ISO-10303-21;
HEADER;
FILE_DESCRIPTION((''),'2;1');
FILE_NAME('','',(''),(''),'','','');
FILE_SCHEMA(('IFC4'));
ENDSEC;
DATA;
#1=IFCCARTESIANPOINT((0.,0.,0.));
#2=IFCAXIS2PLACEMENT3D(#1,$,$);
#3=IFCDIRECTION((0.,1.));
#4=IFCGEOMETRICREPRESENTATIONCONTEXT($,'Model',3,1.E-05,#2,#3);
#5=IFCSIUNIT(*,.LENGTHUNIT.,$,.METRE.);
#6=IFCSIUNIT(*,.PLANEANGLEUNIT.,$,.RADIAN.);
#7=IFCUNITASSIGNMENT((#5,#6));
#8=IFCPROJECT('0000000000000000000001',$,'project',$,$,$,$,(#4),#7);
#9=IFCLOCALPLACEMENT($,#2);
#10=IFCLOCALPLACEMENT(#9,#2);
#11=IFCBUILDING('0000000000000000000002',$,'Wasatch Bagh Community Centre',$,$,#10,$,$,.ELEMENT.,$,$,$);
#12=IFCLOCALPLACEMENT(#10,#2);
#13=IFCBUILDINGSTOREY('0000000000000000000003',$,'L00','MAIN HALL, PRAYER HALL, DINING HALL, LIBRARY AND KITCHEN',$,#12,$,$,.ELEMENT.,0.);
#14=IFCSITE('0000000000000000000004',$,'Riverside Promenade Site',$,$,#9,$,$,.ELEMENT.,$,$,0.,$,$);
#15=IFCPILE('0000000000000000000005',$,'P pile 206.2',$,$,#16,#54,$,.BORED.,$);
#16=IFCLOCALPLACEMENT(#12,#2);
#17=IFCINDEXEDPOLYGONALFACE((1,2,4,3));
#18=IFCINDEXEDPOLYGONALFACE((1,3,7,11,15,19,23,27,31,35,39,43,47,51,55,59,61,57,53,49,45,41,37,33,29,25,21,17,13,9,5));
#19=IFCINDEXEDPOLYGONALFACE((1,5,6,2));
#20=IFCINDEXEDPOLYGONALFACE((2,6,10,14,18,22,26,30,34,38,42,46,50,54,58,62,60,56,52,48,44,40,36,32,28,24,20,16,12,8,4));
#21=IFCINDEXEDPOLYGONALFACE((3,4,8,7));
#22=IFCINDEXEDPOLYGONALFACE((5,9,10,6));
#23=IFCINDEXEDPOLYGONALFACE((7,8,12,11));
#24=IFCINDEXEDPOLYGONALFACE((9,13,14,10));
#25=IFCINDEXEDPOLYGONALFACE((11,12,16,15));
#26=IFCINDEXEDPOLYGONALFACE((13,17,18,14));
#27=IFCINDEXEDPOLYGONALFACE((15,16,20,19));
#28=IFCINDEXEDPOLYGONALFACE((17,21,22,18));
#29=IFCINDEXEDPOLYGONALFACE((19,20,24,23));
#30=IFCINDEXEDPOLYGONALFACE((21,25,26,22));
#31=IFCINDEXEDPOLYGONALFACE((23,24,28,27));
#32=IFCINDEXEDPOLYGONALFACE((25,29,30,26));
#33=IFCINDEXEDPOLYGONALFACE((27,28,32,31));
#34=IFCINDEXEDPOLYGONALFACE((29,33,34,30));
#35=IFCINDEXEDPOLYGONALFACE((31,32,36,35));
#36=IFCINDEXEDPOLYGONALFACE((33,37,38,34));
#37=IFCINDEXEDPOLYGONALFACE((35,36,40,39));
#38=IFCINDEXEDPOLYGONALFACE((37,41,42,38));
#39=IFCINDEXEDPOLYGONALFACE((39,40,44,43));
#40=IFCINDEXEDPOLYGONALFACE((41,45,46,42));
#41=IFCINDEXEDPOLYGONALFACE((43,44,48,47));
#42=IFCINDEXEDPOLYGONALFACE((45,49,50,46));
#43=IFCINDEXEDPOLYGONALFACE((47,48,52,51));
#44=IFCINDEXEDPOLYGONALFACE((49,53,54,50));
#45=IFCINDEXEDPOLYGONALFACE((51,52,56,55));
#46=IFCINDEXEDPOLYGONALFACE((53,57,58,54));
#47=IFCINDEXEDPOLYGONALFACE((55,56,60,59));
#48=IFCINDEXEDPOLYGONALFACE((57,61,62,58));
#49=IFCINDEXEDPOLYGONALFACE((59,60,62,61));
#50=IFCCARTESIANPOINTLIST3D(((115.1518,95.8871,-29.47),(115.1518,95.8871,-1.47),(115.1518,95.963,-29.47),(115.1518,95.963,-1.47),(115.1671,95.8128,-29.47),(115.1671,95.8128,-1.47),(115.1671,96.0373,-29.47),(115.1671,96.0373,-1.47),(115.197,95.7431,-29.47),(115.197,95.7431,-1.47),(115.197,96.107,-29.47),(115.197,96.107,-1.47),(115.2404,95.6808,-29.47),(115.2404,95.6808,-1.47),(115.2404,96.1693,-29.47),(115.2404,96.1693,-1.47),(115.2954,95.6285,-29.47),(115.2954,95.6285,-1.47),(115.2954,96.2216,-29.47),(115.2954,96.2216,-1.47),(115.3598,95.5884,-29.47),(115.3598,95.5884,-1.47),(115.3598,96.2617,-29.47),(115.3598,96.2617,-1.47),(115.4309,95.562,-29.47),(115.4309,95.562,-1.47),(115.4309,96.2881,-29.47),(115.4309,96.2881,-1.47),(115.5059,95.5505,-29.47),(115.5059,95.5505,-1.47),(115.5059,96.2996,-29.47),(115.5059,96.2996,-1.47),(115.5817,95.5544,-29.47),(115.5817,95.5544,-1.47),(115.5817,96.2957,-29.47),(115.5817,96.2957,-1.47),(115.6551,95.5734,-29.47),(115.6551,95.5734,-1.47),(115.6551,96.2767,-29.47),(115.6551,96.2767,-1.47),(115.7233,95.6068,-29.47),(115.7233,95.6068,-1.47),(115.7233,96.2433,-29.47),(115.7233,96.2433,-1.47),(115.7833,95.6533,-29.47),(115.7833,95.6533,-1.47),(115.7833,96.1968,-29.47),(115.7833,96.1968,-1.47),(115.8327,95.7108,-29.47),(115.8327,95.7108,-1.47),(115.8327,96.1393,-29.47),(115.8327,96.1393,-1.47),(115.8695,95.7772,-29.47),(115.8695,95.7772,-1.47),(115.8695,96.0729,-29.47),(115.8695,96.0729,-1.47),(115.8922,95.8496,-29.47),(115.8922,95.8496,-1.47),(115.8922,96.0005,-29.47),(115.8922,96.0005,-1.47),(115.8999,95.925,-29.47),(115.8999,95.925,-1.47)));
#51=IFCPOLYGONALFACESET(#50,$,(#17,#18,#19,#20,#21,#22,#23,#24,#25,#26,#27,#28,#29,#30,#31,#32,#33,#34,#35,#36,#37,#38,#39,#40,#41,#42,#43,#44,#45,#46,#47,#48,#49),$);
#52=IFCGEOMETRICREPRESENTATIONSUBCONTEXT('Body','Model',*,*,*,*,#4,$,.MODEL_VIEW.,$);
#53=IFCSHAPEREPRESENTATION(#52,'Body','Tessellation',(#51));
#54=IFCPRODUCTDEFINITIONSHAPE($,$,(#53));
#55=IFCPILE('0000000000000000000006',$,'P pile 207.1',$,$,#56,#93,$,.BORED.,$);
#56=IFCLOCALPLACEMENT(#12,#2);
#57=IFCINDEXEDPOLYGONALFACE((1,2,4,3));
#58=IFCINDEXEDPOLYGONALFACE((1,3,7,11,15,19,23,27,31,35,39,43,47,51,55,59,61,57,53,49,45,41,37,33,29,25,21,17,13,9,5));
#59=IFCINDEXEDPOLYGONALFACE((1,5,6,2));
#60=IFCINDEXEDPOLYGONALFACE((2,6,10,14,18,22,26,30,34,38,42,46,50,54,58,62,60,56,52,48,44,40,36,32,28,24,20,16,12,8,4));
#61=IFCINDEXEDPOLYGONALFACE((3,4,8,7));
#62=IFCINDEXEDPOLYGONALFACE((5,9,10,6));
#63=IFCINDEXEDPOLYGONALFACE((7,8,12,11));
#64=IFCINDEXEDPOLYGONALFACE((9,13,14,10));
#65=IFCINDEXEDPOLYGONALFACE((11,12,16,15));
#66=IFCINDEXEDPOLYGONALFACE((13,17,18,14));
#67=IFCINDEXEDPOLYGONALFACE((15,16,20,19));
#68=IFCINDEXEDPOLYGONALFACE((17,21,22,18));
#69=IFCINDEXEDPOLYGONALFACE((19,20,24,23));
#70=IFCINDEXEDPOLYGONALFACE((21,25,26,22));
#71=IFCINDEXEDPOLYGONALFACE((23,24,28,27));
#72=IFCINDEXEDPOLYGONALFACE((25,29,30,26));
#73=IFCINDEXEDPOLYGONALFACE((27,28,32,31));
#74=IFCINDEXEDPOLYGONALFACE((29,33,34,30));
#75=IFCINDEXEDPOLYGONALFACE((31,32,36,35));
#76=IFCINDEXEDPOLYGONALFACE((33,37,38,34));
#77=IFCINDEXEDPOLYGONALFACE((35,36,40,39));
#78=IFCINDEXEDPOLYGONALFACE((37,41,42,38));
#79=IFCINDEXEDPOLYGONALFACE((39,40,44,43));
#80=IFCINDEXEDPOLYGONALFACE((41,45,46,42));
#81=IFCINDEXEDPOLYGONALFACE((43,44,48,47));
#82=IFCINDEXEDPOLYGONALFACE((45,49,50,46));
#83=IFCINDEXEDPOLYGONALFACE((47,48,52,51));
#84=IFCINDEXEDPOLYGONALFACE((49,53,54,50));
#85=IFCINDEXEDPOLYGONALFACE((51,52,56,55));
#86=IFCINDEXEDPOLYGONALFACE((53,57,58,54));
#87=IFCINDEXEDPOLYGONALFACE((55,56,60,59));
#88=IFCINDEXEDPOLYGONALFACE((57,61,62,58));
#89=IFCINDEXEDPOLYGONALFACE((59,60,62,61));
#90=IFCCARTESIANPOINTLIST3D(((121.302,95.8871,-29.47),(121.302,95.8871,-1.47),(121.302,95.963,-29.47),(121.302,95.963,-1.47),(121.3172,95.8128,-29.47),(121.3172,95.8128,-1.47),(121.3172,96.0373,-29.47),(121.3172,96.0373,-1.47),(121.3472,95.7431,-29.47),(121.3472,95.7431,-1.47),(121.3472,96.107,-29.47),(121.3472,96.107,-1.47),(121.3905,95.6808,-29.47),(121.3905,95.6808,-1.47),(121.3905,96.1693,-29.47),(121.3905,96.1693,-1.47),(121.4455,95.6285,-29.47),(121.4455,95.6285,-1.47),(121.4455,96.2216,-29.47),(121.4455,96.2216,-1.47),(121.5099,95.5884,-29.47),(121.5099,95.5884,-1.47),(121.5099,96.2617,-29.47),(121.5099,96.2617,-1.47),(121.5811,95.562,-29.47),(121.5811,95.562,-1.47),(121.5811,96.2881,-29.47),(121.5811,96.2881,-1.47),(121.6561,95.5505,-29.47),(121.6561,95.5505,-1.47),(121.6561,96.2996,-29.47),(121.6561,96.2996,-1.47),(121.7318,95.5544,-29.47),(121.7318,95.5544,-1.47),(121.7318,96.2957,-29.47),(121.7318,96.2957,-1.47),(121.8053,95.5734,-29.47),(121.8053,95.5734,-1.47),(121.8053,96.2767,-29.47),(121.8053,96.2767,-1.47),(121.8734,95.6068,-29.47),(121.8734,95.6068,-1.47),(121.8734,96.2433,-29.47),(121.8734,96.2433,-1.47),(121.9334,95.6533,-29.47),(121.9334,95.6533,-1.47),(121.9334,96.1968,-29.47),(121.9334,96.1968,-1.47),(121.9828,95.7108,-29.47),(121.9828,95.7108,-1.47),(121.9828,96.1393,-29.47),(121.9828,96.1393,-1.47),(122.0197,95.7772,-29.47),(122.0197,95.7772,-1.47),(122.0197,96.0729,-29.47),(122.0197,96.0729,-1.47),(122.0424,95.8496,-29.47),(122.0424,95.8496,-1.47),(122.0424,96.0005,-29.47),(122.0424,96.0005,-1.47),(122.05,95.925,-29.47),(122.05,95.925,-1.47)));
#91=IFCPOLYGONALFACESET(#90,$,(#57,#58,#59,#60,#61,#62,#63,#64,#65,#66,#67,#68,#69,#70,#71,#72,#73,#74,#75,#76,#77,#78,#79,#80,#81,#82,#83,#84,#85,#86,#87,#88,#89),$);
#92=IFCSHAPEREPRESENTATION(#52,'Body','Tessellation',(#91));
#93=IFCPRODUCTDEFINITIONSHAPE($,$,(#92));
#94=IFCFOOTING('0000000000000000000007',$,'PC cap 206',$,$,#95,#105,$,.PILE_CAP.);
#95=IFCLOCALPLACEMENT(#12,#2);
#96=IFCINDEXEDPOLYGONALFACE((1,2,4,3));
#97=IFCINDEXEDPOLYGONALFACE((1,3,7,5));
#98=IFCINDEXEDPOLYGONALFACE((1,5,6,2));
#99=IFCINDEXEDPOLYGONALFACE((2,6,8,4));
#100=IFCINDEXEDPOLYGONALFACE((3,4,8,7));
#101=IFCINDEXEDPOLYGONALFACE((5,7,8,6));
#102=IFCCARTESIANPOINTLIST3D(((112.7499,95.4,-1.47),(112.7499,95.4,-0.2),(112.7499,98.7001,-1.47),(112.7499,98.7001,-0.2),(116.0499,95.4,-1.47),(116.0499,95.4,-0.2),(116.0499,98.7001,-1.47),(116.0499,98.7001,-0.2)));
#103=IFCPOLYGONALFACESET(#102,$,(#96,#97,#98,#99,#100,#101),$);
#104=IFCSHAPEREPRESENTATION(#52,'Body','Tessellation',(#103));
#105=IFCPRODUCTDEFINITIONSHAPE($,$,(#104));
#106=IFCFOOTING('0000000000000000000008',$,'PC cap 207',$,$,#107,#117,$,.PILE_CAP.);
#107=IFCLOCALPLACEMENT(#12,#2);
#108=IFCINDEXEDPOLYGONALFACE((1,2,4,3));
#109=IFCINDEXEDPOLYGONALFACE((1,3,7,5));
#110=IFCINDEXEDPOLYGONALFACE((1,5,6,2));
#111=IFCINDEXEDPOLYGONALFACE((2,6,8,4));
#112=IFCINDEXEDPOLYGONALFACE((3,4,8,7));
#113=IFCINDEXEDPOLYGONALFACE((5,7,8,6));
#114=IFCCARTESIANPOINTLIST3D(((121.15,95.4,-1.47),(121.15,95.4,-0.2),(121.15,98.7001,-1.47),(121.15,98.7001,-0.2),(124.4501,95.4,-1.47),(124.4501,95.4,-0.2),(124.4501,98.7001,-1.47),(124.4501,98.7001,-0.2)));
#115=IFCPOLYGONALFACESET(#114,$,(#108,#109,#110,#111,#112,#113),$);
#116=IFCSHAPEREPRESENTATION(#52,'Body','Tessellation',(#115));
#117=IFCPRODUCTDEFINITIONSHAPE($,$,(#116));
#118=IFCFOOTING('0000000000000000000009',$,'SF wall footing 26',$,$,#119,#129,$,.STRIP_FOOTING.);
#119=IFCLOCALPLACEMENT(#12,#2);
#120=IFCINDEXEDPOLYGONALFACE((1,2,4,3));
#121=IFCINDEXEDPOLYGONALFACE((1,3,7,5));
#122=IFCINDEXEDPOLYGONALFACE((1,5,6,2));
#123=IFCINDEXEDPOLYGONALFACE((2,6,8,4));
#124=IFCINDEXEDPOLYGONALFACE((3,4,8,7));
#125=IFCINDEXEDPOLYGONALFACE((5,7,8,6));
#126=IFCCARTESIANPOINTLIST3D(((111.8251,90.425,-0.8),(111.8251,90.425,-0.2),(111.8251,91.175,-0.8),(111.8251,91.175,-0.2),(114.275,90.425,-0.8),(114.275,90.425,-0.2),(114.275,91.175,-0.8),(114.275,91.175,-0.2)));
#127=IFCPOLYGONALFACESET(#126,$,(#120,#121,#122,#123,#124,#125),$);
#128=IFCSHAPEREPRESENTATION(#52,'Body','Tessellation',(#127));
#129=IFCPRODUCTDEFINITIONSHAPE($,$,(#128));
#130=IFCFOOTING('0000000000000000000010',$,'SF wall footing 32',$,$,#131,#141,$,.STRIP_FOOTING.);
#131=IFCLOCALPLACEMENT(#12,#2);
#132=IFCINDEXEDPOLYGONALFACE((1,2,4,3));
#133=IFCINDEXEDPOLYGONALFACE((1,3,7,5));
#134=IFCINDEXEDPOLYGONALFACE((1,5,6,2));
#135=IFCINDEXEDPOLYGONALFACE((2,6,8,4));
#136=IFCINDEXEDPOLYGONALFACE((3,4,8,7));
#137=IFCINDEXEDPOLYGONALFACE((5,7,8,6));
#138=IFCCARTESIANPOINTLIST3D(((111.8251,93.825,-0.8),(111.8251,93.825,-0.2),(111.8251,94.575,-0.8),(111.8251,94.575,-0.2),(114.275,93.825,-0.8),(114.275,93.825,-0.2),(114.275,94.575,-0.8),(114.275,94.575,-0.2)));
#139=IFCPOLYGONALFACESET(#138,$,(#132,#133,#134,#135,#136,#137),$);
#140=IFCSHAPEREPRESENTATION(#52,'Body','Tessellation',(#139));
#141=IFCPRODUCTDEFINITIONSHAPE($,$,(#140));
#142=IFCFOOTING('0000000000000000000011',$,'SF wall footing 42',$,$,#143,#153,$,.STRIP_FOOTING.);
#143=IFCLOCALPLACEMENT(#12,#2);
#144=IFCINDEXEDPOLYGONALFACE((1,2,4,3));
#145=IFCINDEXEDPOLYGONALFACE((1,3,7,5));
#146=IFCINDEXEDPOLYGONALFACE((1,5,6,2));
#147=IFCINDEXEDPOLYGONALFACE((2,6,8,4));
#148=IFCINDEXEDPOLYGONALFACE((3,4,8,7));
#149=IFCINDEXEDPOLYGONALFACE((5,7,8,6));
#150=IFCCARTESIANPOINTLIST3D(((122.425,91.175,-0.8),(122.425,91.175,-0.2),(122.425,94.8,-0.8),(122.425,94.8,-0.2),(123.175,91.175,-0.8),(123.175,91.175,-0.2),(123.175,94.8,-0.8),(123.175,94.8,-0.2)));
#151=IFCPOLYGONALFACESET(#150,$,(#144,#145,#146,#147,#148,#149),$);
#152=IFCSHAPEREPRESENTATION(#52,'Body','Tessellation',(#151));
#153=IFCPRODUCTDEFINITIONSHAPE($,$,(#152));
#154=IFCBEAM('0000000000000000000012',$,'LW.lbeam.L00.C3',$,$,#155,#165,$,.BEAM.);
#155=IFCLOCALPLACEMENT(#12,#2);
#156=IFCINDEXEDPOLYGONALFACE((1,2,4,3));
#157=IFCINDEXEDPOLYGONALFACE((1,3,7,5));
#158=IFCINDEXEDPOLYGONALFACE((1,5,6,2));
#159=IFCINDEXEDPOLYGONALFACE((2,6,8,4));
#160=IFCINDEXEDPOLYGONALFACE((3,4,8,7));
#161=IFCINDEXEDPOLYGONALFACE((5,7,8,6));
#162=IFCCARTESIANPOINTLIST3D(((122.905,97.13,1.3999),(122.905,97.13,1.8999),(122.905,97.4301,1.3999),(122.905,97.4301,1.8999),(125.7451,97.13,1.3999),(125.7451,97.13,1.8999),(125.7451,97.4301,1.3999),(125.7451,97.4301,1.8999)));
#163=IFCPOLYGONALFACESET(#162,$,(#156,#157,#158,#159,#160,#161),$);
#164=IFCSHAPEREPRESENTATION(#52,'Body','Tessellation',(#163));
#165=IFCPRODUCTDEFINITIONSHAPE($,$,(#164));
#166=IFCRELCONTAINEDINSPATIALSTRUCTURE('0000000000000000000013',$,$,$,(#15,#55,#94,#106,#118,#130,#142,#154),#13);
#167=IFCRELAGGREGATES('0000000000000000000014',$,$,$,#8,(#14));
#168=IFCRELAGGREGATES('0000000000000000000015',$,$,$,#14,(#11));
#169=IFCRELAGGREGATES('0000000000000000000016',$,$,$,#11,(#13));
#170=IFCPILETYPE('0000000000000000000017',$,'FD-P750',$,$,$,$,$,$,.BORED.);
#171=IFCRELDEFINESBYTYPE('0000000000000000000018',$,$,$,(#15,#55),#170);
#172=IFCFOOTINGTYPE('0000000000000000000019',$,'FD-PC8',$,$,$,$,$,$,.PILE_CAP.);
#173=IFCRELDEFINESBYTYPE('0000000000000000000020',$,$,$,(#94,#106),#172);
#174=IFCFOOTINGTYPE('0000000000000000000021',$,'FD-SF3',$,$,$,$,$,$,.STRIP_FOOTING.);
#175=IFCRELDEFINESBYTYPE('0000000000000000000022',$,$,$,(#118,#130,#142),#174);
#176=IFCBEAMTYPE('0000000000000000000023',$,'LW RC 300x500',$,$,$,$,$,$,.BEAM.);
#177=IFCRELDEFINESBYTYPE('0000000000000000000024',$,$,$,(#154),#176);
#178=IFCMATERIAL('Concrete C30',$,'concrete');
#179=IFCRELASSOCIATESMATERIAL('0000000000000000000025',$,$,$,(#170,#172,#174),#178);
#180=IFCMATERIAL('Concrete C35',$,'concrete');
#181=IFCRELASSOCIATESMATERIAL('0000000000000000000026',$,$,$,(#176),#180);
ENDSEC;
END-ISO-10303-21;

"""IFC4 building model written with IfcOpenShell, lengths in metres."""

from ifc_helpers import new_model, si_unit, direction, frame, origin, origin_2d, place, context, subcontext, project, spatial, rectangle, circle, extrude, material, material_profile, profile_set, type_object, element, save


model = new_model("IFC4")

# Units and contexts
model_context = context("Model", 3, precision=1e-05, world=origin(), true_north=direction((0.0, 1.0)))
body_context = subcontext(model_context, "Body", "Model", "MODEL_VIEW")
ifc_project = project(units=[si_unit("LENGTHUNIT", "METRE"), si_unit("PLANEANGLEUNIT", "RADIAN")], contexts=[model_context])

# Site, building, storey
site_placement = place(None, origin())
site = spatial("IfcSite", under=ifc_project, at=site_placement, Name="Riverside Promenade Site", CompositionType="ELEMENT", RefElevation=0.0)
building_placement = place(site_placement, origin())
building = spatial("IfcBuilding", under=site, at=building_placement, Name="Wasatch Bagh Community Centre", CompositionType="ELEMENT")
storey_placement = place(building_placement, origin())
storey = spatial("IfcBuildingStorey", under=building, at=storey_placement, Name="L00", Description="MAIN HALL, PRAYER HALL, DINING HALL, LIBRARY AND KITCHEN", CompositionType="ELEMENT", Elevation=0.0)

# Piles
ifc_material_1 = material(Name="Concrete C30", Category="concrete")
ifc_material_profile_1 = material_profile(ifc_material_1, circle(Radius=0.375, at=origin_2d()), Name="RC D750")
ifc_profile_set_1 = profile_set([ifc_material_profile_1], Name="Concrete C30")
pile_type_1 = type_object("IfcPileType", Name="FD-P750", PredefinedType="BORED", material=ifc_profile_set_1)
for number, where, z_axis, x_axis, name in (
    (1, (115.5249, 95.925, -1.47), (0.0, 0.0, -1.0), (1.0, 0.0, 0.0), "P pile 206.2"),
    (2, (121.675, 95.925, -1.47), (0.0, 0.0, -1.0), (1.0, 0.0, 0.0), "P pile 207.1"),
):
    element("IfcPile", number, at=place(storey_placement, frame(where, z_axis=z_axis, x_axis=x_axis)), inside=storey, type_object=pile_type_1, Name=name, PredefinedType="BORED", context=body_context, shape_type="SweptSolid", body=[
        extrude(circle(Radius=0.375, at=origin_2d()), origin(), (0.0, 0.0, 1.0), 28.0),
    ])

# Footings
footing_type_1 = type_object("IfcFootingType", Name="FD-PC8", PredefinedType="PILE_CAP", material=ifc_material_1)
for number, where, z_axis, x_axis, name in (
    (3, (114.3999, 97.05, -1.47), (0.0, 0.0, 1.0), (1.0, 0.0, 0.0), "PC cap 206"),
    (4, (122.8, 97.05, -1.47), (0.0, 0.0, 1.0), (1.0, 0.0, 0.0), "PC cap 207"),
):
    element("IfcFooting", number, at=place(storey_placement, frame(where, z_axis=z_axis, x_axis=x_axis)), inside=storey, type_object=footing_type_1, Name=name, PredefinedType="PILE_CAP", context=body_context, shape_type="SweptSolid", body=[
        extrude(rectangle(XDim=3.3, YDim=3.3, at=origin_2d()), origin(), (0.0, 0.0, 1.0), 1.27),
    ])
footing_type_2 = type_object("IfcFootingType", Name="FD-SF3", PredefinedType="STRIP_FOOTING", material=ifc_material_1)
for number, where, z_axis, x_axis, name in (
    (5, (113.05, 90.8, -0.8), (0.0, 0.0, 1.0), (1.0, 0.0, 0.0), "SF wall footing 26"),
    (6, (113.05, 94.2, -0.8), (0.0, 0.0, 1.0), (1.0, 0.0, 0.0), "SF wall footing 32"),
):
    element("IfcFooting", number, at=place(storey_placement, frame(where, z_axis=z_axis, x_axis=x_axis)), inside=storey, type_object=footing_type_2, Name=name, PredefinedType="STRIP_FOOTING", context=body_context, shape_type="SweptSolid", body=[
        extrude(rectangle(XDim=2.45, YDim=0.75, at=origin_2d()), origin(), (0.0, 0.0, 1.0), 0.6001),
    ])
footing_placement = place(storey_placement, frame((122.8, 92.9875, -0.8), z_axis=(0.0, 0.0, 1.0), x_axis=(0.0, 1.0, 0.0)))
element("IfcFooting", 7, at=footing_placement, inside=storey, type_object=footing_type_2, Name="SF wall footing 42", PredefinedType="STRIP_FOOTING", context=body_context, shape_type="SweptSolid", body=[
    extrude(rectangle(XDim=3.625, YDim=0.75, at=origin_2d()), origin(), (0.0, 0.0, 1.0), 0.6001),
])

# Beam
ifc_material_2 = material(Name="Concrete C35", Category="concrete")
ifc_material_profile_2 = material_profile(ifc_material_2, rectangle(XDim=0.3, YDim=0.5, at=origin_2d()), Name="RC 300x500")
ifc_profile_set_2 = profile_set([ifc_material_profile_2], Name="Concrete C35")
beam_type = type_object("IfcBeamType", Name="LW RC 300x500", PredefinedType="BEAM", material=ifc_profile_set_2)
beam_placement = place(storey_placement, frame((122.905, 97.28, 1.6499), z_axis=(1.0, 0.0, 0.0), x_axis=(0.0, 1.0, 0.0)))
element("IfcBeam", 8, at=beam_placement, inside=storey, type_object=beam_type, Name="LW.lbeam.L00.C3", PredefinedType="BEAM", context=body_context, shape_type="SweptSolid", body=[
    extrude(rectangle(XDim=0.3, YDim=0.5, at=origin_2d()), origin(), (0.0, 0.0, 1.0), 2.8401),
])

save(model, "model.ifc")
